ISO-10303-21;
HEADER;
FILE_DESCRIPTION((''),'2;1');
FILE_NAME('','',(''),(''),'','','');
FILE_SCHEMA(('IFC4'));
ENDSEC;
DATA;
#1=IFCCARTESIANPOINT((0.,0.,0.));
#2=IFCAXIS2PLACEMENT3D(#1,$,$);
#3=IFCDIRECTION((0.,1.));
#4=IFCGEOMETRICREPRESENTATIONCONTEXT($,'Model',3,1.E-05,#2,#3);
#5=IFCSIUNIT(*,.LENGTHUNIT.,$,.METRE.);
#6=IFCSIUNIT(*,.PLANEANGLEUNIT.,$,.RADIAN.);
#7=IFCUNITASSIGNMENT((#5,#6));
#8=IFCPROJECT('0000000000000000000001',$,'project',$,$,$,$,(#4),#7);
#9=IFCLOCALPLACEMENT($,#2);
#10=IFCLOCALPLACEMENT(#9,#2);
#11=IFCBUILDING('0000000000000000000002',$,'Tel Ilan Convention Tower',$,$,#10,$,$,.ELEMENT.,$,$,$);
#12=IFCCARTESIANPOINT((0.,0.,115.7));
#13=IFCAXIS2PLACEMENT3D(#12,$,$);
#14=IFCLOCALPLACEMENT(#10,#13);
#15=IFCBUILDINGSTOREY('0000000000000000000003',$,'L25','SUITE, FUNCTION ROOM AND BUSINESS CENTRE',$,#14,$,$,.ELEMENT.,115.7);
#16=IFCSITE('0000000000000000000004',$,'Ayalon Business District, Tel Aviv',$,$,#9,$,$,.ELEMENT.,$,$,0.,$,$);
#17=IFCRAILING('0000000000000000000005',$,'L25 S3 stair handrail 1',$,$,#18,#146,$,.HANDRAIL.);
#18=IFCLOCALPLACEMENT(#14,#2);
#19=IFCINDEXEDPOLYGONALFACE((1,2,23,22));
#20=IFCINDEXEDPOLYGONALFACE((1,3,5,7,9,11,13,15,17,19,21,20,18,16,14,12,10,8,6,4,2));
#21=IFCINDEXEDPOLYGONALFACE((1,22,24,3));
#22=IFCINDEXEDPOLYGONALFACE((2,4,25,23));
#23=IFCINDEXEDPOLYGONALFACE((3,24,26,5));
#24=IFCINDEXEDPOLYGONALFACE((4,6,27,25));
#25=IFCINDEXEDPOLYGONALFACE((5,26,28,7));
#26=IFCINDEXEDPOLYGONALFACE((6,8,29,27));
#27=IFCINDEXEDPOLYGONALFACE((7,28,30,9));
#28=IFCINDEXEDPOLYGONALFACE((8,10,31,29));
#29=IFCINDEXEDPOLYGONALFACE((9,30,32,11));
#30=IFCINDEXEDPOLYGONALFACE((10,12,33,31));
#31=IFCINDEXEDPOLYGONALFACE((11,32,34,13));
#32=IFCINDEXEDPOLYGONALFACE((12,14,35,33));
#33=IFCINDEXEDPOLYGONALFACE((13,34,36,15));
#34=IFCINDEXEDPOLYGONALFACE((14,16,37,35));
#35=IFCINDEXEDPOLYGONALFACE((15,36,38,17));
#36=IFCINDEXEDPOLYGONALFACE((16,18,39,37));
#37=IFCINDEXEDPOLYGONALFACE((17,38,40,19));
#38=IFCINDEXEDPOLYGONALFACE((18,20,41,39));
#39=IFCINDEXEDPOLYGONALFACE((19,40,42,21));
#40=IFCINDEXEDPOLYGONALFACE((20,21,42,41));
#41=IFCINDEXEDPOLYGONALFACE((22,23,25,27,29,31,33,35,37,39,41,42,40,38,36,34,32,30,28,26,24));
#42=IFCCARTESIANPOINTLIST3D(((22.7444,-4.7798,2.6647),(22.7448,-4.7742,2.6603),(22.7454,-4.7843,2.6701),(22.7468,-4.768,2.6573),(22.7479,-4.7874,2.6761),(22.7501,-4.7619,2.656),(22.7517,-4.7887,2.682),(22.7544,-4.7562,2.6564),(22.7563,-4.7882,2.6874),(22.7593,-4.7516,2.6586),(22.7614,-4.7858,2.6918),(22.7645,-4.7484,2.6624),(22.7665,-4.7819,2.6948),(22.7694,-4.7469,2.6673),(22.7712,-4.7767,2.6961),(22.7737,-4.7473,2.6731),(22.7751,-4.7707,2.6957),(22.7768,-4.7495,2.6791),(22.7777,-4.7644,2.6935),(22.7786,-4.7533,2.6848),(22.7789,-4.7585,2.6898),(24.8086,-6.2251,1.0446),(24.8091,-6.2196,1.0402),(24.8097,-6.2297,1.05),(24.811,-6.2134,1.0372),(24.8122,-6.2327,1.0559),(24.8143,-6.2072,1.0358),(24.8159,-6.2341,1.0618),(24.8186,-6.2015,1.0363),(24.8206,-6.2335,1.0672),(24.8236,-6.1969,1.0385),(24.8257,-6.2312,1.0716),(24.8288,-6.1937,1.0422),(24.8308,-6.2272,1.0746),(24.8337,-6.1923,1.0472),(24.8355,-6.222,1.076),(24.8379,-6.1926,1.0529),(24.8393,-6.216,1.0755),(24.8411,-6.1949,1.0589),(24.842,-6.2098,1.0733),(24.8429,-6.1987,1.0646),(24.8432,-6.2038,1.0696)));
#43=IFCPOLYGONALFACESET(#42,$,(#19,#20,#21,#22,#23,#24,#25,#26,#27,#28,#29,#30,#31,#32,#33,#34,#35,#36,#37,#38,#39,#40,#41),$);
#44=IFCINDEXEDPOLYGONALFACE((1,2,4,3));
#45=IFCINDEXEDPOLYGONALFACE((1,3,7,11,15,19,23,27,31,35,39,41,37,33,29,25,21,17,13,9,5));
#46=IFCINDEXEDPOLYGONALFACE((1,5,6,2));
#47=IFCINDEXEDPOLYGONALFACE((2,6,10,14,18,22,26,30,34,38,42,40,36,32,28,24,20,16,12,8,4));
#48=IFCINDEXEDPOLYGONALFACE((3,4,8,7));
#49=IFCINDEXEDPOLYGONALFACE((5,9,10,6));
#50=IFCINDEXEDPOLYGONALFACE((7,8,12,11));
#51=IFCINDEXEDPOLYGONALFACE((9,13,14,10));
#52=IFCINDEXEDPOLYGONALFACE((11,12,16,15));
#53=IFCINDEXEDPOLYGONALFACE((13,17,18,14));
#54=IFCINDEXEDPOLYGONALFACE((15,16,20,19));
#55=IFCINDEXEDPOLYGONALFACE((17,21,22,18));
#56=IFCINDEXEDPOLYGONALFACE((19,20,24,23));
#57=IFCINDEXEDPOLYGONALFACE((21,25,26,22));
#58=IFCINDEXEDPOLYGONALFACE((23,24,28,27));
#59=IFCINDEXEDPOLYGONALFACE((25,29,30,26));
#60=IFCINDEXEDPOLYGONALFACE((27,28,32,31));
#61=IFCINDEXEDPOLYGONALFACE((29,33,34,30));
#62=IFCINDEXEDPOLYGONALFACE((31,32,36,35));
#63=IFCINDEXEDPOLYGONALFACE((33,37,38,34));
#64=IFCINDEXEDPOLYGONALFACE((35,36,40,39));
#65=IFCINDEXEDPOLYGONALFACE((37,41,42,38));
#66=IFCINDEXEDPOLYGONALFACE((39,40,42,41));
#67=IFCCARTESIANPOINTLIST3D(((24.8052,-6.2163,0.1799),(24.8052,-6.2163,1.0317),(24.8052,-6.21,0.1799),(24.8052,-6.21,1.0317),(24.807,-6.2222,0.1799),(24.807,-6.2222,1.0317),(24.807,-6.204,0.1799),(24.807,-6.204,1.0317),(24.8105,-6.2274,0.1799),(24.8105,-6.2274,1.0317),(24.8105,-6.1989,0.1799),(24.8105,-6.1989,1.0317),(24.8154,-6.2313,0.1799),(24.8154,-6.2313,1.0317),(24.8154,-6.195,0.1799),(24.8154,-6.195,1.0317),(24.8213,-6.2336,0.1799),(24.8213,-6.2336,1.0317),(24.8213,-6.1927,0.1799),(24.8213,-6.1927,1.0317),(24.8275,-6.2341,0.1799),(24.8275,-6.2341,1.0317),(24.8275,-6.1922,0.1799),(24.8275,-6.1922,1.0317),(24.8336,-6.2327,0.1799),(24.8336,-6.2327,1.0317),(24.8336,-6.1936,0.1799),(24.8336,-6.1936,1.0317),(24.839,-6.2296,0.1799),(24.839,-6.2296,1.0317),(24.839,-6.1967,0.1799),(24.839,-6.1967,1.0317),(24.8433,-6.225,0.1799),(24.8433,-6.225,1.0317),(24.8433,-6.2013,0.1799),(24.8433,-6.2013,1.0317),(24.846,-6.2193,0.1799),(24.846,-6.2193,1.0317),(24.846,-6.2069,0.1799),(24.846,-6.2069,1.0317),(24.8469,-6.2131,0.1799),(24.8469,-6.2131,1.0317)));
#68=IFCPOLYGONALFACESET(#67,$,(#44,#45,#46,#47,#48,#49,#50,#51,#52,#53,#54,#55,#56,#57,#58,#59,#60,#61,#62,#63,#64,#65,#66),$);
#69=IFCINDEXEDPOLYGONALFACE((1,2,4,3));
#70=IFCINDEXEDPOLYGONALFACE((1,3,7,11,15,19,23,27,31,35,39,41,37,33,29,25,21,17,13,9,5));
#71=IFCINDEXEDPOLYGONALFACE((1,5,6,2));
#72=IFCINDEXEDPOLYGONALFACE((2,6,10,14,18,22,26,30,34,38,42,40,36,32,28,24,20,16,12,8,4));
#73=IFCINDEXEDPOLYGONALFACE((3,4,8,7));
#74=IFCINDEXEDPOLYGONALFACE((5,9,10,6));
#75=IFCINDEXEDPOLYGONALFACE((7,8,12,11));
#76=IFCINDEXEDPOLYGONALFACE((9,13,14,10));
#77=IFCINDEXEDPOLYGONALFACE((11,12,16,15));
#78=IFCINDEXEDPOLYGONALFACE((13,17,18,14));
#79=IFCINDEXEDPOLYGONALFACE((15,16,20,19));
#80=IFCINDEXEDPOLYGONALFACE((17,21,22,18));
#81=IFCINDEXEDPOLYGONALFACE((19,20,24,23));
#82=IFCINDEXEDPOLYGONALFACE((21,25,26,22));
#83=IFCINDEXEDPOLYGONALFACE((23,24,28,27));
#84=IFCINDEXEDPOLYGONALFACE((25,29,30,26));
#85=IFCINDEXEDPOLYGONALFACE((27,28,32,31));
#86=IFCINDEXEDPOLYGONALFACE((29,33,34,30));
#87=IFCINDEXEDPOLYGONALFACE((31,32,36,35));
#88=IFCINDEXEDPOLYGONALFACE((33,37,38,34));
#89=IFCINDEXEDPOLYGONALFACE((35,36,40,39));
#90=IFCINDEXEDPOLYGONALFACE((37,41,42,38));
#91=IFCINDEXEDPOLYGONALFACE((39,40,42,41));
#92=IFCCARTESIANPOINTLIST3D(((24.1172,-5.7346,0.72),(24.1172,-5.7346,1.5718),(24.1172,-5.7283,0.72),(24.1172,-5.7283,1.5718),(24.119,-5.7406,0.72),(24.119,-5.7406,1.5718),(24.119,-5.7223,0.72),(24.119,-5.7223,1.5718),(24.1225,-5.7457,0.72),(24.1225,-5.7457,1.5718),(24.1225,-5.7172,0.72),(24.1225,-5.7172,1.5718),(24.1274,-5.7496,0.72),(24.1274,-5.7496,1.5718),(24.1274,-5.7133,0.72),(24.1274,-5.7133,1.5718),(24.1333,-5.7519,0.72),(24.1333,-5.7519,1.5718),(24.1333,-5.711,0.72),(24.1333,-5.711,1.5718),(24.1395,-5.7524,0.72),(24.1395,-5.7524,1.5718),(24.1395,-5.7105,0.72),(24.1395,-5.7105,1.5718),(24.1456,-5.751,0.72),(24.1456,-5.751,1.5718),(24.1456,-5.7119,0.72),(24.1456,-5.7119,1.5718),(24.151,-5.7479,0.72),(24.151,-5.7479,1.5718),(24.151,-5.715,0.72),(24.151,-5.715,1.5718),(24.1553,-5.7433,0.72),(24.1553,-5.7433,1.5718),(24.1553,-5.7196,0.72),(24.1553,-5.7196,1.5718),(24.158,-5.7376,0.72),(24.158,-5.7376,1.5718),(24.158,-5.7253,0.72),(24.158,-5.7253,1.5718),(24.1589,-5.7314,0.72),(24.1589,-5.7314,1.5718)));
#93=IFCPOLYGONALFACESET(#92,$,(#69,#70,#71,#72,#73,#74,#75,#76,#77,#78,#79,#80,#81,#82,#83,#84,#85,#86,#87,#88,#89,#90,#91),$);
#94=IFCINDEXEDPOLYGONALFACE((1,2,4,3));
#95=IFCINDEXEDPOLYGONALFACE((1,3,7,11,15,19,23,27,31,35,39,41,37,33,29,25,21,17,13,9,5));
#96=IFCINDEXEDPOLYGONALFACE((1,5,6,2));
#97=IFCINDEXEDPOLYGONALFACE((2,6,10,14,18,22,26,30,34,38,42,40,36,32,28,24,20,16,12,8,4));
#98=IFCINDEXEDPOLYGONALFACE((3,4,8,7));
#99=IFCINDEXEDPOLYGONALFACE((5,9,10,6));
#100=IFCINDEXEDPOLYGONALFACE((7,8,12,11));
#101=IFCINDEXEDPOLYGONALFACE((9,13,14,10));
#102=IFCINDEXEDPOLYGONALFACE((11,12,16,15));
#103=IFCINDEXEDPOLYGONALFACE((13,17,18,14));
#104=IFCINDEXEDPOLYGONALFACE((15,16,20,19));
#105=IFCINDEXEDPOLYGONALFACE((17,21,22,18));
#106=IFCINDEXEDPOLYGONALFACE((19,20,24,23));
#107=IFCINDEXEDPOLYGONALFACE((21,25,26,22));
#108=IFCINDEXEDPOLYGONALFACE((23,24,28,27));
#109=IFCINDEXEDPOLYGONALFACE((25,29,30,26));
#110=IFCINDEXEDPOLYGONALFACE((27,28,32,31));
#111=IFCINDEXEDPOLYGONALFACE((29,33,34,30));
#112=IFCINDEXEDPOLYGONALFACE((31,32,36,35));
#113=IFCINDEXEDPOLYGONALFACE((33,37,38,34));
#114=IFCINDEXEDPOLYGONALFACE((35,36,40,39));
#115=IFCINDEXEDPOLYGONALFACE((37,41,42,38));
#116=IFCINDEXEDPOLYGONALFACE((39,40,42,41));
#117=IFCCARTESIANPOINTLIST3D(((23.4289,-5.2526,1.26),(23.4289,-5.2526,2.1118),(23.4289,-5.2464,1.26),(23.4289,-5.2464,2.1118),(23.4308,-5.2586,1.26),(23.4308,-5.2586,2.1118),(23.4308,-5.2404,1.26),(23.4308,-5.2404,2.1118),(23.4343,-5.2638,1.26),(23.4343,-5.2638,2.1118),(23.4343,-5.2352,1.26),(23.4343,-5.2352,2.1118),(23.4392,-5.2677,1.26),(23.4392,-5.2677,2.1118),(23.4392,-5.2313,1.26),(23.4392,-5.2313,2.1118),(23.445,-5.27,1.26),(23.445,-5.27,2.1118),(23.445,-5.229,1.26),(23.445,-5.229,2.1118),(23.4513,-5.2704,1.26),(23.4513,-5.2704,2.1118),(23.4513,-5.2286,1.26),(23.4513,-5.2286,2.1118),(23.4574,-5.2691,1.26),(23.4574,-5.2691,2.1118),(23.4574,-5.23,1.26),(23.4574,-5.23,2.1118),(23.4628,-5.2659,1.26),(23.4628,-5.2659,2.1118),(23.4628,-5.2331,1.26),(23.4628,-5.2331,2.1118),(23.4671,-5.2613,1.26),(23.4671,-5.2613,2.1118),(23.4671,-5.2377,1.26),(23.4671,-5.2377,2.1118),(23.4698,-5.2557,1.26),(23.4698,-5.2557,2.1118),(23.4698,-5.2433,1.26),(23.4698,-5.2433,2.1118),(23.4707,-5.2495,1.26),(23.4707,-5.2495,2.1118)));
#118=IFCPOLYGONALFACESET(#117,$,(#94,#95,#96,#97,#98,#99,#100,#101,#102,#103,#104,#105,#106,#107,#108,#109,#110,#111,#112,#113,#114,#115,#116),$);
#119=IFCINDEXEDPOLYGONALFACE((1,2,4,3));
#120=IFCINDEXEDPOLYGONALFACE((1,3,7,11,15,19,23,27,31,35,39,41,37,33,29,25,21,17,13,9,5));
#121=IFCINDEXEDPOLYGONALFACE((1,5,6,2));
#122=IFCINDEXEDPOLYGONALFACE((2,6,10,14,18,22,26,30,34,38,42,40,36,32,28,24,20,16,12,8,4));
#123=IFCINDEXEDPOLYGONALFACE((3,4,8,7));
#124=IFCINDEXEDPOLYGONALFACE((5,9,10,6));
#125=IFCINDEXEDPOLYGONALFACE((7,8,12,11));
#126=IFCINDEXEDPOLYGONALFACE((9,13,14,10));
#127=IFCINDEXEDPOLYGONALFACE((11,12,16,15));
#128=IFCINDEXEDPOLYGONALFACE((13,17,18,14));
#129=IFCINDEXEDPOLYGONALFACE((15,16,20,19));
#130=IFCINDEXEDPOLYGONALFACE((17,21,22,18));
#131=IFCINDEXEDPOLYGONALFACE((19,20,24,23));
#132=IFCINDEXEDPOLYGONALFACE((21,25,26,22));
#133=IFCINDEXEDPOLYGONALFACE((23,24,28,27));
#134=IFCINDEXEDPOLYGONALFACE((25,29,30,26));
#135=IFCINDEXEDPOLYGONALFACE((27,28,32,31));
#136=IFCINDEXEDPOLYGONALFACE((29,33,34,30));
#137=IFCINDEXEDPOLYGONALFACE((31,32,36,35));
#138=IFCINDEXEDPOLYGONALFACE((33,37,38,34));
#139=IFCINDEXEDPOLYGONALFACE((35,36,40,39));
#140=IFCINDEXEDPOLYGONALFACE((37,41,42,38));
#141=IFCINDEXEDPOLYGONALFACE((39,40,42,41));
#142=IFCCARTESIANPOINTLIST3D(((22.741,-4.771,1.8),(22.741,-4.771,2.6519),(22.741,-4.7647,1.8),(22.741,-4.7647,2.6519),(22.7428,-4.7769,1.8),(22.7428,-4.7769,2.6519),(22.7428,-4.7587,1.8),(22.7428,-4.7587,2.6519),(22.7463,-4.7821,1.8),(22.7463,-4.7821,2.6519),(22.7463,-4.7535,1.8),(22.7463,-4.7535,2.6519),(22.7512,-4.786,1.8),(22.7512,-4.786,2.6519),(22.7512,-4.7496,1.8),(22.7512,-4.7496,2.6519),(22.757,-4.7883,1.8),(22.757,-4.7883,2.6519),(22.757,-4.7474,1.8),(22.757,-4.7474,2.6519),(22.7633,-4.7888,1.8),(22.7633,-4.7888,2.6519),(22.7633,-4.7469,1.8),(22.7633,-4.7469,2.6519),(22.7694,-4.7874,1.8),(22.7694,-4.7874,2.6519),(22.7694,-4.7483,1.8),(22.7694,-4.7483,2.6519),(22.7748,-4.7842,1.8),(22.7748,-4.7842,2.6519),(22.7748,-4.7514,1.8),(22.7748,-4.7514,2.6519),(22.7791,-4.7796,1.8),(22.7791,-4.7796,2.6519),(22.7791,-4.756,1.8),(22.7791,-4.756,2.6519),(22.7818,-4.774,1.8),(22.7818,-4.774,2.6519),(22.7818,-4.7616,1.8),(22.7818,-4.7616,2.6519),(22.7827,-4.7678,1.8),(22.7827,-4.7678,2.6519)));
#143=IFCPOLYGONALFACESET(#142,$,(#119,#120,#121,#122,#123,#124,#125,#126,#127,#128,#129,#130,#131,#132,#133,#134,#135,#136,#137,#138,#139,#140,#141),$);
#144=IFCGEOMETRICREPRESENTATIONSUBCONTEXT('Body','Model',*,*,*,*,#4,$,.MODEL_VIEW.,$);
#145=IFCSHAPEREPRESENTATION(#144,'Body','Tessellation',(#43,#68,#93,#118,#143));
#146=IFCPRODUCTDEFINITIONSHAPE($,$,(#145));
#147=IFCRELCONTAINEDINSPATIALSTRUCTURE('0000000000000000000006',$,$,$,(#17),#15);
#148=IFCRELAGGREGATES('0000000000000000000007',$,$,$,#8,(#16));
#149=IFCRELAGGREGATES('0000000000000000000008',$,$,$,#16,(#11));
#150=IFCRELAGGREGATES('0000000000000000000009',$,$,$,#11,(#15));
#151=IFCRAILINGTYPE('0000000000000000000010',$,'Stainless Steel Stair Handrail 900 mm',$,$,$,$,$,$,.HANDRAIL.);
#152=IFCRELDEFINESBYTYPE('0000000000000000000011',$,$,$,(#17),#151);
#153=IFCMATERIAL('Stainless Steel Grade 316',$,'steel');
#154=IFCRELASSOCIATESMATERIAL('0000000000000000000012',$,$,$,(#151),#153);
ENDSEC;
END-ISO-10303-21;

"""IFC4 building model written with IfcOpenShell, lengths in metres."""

from ifc_helpers import new_model, si_unit, direction, frame, origin, origin_2d, place, context, subcontext, project, spatial, circle, extrude, material, type_object, element, save


model = new_model("IFC4")

# Units and contexts
model_context = context("Model", 3, precision=1e-05, world=origin(), true_north=direction((0.0, 1.0)))
body_context = subcontext(model_context, "Body", "Model", "MODEL_VIEW")
ifc_project = project(units=[si_unit("LENGTHUNIT", "METRE"), si_unit("PLANEANGLEUNIT", "RADIAN")], contexts=[model_context])

# Site, building, storey
site_placement = place(None, origin())
site = spatial("IfcSite", under=ifc_project, at=site_placement, Name="Ayalon Business District, Tel Aviv", CompositionType="ELEMENT", RefElevation=0.0)
building_placement = place(site_placement, origin())
building = spatial("IfcBuilding", under=site, at=building_placement, Name="Tel Ilan Convention Tower", CompositionType="ELEMENT")
storey_placement = place(building_placement, frame((0.0, 0.0, 115.7)))
storey = spatial("IfcBuildingStorey", under=building, at=storey_placement, Name="L25", Description="SUITE, FUNCTION ROOM AND BUSINESS CENTRE", CompositionType="ELEMENT", Elevation=115.7)

# Railing
ifc_material_1 = material(Name="Stainless Steel Grade 316", Category="steel")
railing_type = type_object("IfcRailingType", Name="Stainless Steel Stair Handrail 900 mm", PredefinedType="HANDRAIL", material=ifc_material_1)
railing_placement = place(storey_placement, frame((24.8259, -6.2131, 0.1799)))
element("IfcRailing", 1, at=railing_placement, inside=storey, type_object=railing_type, Name="L25 S3 stair handrail 1", PredefinedType="HANDRAIL", context=body_context, shape_type="SweptSolid", body=[
    extrude(circle(Radius=0.0239, at=origin_2d()), frame((0.0, 0.0, 0.876), z_axis=(-0.68904, 0.48245, 0.540801), x_axis=(-0.57356, -0.819164, 0.0)), (0.0, 0.0, 1.0), 2.9958),
    extrude(circle(Radius=0.021, at=origin_2d()), origin(), (0.0, 0.0, 1.0), 0.8518),
    extrude(circle(Radius=0.021, at=origin_2d()), frame((-0.688, 0.4817, 0.54)), (0.0, 0.0, 1.0), 0.8518),
    extrude(circle(Radius=0.021, at=origin_2d()), frame((-1.3762, 0.9636, 1.0801)), (0.0, 0.0, 1.0), 0.8518),
    extrude(circle(Radius=0.021, at=origin_2d()), frame((-2.0642, 1.4453, 1.6201)), (0.0, 0.0, 1.0), 0.8518),
])

save(model, "model.ifc")
